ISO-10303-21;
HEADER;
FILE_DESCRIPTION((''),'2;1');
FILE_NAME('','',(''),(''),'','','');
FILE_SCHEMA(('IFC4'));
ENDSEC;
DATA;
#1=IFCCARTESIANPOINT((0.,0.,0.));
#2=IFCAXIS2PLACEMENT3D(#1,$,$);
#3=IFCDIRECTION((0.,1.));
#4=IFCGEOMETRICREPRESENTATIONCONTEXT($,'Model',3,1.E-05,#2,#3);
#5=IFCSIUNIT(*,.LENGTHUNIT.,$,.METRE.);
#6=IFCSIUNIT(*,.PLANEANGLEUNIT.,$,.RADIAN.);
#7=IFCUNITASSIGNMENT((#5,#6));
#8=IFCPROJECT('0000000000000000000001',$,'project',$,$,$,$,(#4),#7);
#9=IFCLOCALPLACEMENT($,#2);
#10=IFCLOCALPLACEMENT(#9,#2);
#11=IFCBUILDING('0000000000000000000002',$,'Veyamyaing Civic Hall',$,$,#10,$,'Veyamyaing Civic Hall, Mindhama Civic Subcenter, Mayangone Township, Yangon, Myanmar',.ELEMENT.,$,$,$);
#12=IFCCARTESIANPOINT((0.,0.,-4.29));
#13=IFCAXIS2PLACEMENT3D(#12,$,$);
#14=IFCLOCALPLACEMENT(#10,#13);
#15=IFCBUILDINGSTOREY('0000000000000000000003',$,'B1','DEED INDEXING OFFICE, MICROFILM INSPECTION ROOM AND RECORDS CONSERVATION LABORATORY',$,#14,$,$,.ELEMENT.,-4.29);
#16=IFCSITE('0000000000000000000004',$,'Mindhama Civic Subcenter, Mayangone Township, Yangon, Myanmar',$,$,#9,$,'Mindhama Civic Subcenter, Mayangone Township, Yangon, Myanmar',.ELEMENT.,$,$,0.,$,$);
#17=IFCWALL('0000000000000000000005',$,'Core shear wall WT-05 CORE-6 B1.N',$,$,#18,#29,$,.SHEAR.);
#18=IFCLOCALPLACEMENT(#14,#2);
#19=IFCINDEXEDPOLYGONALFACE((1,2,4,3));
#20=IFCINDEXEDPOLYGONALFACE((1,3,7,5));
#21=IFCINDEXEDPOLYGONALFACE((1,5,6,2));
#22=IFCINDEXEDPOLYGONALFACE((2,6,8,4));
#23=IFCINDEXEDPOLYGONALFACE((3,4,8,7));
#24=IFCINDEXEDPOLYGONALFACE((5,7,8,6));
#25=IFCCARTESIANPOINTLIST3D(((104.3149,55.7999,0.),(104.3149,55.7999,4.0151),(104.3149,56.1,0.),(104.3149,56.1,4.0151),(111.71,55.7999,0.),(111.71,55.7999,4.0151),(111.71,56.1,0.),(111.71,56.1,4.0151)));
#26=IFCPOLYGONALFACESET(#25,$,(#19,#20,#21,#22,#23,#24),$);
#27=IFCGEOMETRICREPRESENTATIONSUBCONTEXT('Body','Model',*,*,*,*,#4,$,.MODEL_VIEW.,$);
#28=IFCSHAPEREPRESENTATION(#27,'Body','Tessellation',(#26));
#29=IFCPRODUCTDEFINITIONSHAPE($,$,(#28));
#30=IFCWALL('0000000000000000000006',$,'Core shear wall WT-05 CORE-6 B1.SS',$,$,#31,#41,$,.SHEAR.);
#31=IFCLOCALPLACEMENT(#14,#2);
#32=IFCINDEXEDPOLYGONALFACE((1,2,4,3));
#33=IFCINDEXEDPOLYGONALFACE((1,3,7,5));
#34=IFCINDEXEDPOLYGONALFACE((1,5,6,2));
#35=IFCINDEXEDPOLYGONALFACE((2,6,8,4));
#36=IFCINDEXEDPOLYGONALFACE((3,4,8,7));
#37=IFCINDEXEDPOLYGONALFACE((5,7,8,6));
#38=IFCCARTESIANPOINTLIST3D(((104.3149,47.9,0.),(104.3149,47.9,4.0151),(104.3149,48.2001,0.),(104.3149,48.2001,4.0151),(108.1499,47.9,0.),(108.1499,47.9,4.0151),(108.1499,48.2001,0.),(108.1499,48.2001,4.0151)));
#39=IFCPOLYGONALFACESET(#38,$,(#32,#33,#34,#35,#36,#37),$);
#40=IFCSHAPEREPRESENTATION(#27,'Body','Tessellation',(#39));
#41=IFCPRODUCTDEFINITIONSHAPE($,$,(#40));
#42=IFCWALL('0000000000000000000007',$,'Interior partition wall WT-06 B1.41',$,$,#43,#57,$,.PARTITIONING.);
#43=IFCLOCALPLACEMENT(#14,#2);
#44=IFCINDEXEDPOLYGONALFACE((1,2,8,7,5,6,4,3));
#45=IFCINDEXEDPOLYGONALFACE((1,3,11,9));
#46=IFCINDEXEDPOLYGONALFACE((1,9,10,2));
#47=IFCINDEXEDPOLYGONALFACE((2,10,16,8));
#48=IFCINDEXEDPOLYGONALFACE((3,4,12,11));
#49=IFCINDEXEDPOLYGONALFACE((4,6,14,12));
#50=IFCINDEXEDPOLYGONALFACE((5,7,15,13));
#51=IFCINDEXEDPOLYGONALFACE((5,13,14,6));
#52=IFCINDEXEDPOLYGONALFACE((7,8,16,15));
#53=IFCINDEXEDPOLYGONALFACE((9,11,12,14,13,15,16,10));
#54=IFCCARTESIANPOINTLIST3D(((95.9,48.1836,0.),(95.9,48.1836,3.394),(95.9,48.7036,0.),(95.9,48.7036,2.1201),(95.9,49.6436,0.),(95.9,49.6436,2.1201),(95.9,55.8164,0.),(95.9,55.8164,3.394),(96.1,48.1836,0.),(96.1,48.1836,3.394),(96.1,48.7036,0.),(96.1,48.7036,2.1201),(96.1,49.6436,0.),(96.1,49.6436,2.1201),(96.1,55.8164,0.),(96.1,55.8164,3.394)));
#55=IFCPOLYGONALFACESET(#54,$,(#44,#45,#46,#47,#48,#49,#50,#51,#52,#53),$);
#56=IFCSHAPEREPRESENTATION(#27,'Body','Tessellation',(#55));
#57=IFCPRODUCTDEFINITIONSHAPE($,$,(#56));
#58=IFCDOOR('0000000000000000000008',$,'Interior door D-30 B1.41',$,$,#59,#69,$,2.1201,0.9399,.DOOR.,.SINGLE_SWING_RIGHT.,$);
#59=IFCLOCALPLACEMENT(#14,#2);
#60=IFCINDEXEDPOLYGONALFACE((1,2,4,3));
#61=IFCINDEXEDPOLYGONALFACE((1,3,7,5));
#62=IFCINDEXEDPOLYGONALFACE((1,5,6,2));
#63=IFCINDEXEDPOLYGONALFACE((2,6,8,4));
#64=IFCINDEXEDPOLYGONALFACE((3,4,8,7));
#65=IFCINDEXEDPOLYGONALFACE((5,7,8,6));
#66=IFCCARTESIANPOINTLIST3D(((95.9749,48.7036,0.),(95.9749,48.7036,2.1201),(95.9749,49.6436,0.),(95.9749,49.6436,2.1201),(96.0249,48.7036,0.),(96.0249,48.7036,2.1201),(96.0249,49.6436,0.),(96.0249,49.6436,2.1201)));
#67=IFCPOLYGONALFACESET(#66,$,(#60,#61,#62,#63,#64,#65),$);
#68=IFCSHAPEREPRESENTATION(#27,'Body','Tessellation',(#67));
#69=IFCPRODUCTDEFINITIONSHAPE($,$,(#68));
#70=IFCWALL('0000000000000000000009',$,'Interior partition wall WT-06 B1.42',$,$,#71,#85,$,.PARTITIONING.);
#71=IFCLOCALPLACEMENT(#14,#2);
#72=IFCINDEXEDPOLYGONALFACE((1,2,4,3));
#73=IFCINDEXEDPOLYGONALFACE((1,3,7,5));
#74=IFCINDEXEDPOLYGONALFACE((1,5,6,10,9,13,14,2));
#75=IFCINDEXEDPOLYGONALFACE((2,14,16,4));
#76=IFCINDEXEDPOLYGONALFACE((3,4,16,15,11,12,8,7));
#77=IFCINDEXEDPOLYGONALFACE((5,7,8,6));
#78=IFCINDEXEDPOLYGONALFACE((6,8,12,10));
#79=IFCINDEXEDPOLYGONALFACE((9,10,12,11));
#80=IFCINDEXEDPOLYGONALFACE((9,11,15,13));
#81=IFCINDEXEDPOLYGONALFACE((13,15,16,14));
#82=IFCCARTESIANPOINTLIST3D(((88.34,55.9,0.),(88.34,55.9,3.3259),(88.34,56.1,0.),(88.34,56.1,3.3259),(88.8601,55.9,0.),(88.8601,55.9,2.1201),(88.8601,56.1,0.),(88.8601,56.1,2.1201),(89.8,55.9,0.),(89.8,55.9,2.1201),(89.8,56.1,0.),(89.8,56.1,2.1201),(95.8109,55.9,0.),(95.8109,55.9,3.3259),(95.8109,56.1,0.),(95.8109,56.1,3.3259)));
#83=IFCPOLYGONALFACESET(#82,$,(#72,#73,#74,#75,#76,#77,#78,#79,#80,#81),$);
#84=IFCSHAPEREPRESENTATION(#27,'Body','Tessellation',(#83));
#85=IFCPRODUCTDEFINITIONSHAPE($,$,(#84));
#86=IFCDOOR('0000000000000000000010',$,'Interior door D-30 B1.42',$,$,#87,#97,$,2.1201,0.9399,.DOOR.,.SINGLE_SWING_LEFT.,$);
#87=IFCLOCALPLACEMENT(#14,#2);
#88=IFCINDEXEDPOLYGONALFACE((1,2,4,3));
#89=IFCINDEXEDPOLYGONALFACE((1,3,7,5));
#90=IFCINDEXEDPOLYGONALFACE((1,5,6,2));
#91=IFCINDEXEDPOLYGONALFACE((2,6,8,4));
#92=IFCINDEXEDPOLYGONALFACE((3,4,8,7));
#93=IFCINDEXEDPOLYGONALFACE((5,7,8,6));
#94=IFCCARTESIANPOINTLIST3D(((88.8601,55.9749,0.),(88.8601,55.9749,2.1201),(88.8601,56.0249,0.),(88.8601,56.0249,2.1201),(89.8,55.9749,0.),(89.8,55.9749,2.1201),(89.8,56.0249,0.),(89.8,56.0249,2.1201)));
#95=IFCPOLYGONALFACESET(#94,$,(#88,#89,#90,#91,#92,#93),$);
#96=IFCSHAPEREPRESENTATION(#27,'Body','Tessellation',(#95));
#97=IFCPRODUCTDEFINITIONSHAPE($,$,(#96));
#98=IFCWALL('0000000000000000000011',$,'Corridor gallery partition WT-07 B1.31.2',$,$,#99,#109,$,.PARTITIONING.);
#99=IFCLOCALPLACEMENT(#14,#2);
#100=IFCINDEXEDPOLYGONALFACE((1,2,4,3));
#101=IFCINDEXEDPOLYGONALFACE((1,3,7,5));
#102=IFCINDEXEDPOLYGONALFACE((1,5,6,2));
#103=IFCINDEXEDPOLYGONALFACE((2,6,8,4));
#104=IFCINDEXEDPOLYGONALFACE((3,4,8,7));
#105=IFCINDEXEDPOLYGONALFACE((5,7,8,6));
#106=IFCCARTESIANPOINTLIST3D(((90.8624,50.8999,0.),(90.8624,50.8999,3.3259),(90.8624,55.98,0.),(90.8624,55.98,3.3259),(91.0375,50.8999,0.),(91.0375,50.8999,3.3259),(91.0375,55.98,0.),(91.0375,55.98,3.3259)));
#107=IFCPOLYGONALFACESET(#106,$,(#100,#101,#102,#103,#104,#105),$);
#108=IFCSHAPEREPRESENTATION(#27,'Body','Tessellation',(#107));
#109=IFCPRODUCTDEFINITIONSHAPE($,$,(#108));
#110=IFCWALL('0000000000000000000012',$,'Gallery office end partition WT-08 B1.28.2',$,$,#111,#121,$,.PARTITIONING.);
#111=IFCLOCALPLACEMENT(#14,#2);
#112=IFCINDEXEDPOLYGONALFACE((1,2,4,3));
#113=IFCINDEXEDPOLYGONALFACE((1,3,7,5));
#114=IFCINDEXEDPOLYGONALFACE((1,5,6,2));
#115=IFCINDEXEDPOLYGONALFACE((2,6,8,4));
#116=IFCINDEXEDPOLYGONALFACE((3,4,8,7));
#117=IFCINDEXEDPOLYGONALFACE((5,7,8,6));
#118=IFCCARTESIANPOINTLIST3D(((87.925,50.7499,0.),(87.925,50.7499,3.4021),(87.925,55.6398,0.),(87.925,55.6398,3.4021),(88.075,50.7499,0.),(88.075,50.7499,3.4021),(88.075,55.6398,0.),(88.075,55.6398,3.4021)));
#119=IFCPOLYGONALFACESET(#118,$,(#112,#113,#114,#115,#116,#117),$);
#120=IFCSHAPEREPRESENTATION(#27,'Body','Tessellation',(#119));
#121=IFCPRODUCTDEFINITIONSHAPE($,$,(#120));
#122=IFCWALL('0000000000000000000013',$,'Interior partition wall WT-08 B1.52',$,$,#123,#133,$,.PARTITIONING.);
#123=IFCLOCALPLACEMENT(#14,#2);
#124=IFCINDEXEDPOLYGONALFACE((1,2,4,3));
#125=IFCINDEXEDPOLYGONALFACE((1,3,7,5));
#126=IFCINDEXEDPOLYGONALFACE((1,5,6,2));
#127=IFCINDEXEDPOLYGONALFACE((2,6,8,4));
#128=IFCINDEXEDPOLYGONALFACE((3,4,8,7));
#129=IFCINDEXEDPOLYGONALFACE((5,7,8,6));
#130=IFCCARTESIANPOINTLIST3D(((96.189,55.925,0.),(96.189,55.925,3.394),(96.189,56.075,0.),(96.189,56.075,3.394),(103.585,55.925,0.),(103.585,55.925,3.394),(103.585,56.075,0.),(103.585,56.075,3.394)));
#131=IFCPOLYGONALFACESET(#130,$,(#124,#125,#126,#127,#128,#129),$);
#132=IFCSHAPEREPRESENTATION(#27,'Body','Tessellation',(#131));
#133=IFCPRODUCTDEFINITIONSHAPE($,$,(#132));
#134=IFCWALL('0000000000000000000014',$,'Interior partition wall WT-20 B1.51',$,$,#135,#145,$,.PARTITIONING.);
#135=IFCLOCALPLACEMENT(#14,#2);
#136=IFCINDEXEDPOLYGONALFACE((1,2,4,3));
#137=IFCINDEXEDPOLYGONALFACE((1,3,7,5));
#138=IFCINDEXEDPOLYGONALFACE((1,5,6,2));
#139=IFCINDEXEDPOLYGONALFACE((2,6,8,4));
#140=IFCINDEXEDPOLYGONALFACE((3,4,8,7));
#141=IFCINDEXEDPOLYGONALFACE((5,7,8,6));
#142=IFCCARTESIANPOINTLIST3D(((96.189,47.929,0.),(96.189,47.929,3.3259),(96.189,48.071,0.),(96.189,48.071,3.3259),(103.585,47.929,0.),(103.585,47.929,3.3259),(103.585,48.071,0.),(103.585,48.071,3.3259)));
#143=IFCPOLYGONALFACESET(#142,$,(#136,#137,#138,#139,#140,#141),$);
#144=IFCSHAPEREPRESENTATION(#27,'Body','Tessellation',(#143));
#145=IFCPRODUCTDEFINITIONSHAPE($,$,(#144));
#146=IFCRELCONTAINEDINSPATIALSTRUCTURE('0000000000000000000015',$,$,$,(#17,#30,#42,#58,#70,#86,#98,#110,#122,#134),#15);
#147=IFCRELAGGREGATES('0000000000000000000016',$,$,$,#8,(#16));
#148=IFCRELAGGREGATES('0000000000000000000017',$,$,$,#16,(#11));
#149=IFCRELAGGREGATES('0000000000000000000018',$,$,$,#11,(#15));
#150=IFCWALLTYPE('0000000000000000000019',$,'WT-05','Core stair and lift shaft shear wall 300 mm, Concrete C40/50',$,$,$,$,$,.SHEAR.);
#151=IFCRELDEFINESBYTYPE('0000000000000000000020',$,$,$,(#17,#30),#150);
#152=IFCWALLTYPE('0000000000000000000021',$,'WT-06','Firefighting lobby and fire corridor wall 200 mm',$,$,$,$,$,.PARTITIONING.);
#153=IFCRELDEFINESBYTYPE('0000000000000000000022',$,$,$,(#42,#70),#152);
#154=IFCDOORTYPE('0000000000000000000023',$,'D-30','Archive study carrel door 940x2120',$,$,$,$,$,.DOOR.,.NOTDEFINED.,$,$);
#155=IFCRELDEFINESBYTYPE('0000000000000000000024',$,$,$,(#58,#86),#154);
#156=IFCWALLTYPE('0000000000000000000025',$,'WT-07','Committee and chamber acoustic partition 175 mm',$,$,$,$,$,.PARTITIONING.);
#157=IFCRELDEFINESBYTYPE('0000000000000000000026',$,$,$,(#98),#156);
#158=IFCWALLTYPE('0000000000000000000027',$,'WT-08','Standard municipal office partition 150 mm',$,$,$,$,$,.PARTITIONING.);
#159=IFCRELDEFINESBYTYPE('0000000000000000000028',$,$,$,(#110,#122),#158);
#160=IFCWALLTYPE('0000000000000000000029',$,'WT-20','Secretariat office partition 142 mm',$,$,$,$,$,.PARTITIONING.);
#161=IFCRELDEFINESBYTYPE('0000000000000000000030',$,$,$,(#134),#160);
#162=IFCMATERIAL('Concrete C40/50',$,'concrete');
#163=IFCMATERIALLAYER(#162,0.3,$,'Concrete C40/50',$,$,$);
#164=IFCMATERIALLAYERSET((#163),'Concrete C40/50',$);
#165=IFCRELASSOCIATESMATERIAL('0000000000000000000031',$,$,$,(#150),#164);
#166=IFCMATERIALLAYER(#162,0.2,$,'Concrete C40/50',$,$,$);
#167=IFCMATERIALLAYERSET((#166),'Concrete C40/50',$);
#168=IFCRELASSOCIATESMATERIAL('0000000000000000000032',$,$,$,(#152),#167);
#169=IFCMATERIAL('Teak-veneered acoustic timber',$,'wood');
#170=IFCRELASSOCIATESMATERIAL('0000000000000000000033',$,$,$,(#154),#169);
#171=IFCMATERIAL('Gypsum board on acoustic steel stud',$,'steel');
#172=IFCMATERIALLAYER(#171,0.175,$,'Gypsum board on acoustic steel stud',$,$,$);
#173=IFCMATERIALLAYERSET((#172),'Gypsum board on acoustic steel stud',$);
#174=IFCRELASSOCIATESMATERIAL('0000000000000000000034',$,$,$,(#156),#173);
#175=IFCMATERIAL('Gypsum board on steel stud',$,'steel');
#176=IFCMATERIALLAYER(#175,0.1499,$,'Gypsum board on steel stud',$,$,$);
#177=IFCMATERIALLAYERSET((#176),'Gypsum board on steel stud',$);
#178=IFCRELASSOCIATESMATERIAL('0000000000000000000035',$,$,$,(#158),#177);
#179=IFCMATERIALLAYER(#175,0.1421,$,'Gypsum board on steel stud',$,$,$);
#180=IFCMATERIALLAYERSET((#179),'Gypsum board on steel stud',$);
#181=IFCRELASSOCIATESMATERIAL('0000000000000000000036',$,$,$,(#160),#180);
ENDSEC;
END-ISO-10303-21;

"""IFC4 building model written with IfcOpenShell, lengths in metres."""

from ifc_helpers import new_model, si_unit, direction, frame, frame_2d, origin, place, context, subcontext, project, spatial, rectangle, extrude, material, layer, layer_set, type_object, element, fill, save


model = new_model("IFC4")

# Units and contexts
model_context = context("Model", 3, precision=1e-05, world=origin(), true_north=direction((0.0, 1.0)))
body_context = subcontext(model_context, "Body", "Model", "MODEL_VIEW")
ifc_project = project(units=[si_unit("LENGTHUNIT", "METRE"), si_unit("PLANEANGLEUNIT", "RADIAN")], contexts=[model_context])

# Site, building, storey
site_placement = place(None, origin())
site = spatial("IfcSite", under=ifc_project, at=site_placement, Name="Mindhama Civic Subcenter, Mayangone Township, Yangon, Myanmar", LongName="Mindhama Civic Subcenter, Mayangone Township, Yangon, Myanmar", CompositionType="ELEMENT", RefElevation=0.0)
building_placement = place(site_placement, origin())
building = spatial("IfcBuilding", under=site, at=building_placement, Name="Veyamyaing Civic Hall", LongName="Veyamyaing Civic Hall, Mindhama Civic Subcenter, Mayangone Township, Yangon, Myanmar", CompositionType="ELEMENT")
storey_placement = place(building_placement, frame((0.0, 0.0, -4.29)))
storey = spatial("IfcBuildingStorey", under=building, at=storey_placement, Name="B1", Description="DEED INDEXING OFFICE, MICROFILM INSPECTION ROOM AND RECORDS CONSERVATION LABORATORY", CompositionType="ELEMENT", Elevation=-4.29)

# Shared definitions
ifc_material_1 = material(Name="Concrete C40/50", Category="concrete")

# Walls
ifc_layer_1 = layer(ifc_material_1, 0.3, Name="Concrete C40/50")
ifc_layer_set_1 = layer_set([ifc_layer_1], Name="Concrete C40/50")
wall_type_1 = type_object("IfcWallType", Name="WT-05", Description="Core stair and lift shaft shear wall 300 mm, Concrete C40/50", PredefinedType="SHEAR", material=ifc_layer_set_1)
wall_1_placement = place(storey_placement, frame((104.3149, 55.95, 0.0), z_axis=(0.0, 0.0, 1.0), x_axis=(1.0, 0.0, 0.0)))
element("IfcWall", 1, at=wall_1_placement, inside=storey, type_object=wall_type_1, Name="Core shear wall WT-05 CORE-6 B1.N", PredefinedType="SHEAR", context=body_context, shape_type="SweptSolid", body=[
    extrude(rectangle(XDim=7.395, YDim=0.3, at=frame_2d((3.6975, 0.0))), origin(), (0.0, 0.0, 1.0), 4.0151),
])
wall_2_placement = place(storey_placement, frame((104.3149, 48.05, 0.0), z_axis=(0.0, 0.0, 1.0), x_axis=(1.0, 0.0, 0.0)))
element("IfcWall", 2, at=wall_2_placement, inside=storey, type_object=wall_type_1, Name="Core shear wall WT-05 CORE-6 B1.SS", PredefinedType="SHEAR", context=body_context, shape_type="SweptSolid", body=[
    extrude(rectangle(XDim=3.835, YDim=0.3, at=frame_2d((1.9175, 0.0))), origin(), (0.0, 0.0, 1.0), 4.0151),
])

# Walls, openings, doors
ifc_layer_2 = layer(ifc_material_1, 0.2, Name="Concrete C40/50")
ifc_layer_set_2 = layer_set([ifc_layer_2], Name="Concrete C40/50")
wall_type_2 = type_object("IfcWallType", Name="WT-06", Description="Firefighting lobby and fire corridor wall 200 mm", PredefinedType="PARTITIONING", material=ifc_layer_set_2)
wall_3_placement = place(storey_placement, frame((96.0, 48.1836, 0.0), z_axis=(0.0, 0.0, 1.0), x_axis=(0.0, 1.0, 0.0)))
wall_3 = element("IfcWall", 3, at=wall_3_placement, inside=storey, type_object=wall_type_2, Name="Interior partition wall WT-06 B1.41", PredefinedType="PARTITIONING", context=body_context, shape_type="SweptSolid", body=[
    extrude(rectangle(XDim=7.6328, YDim=0.2, at=frame_2d((3.8164, 0.0))), origin(), (0.0, 0.0, 1.0), 3.394),
])
opening_1_placement = place(wall_3_placement, frame((0.52, 0.0, 0.0)))
opening_1 = element("IfcOpeningElement", 4, at=opening_1_placement, cuts=wall_3, PredefinedType="OPENING", context=body_context, shape_type="SweptSolid", body=[
    extrude(rectangle(XDim=0.9399, YDim=2.1201, at=frame_2d((0.47, 1.0601))), frame((0.0, 0.1099, 0.0), z_axis=(0.0, -1.0, 0.0), x_axis=(1.0, 0.0, 0.0)), (0.0, 0.0, 1.0), 0.22),
])
ifc_material_2 = material(Name="Teak-veneered acoustic timber", Category="wood")
door_type_1 = type_object("IfcDoorType", Name="D-30", Description="Archive study carrel door 940x2120", OperationType="NOTDEFINED", PredefinedType="DOOR", material=ifc_material_2)
door_1_placement = place(opening_1_placement, frame((0.9399, 0.0, 0.0), z_axis=(0.0, 0.0, 1.0), x_axis=(-1.0, 0.0, 0.0)))
door_1 = element("IfcDoor", 5, at=door_1_placement, inside=storey, type_object=door_type_1, Name="Interior door D-30 B1.41", OperationType="SINGLE_SWING_RIGHT", OverallHeight=2.1201, OverallWidth=0.9399, PredefinedType="DOOR", context=body_context, shape_type="SweptSolid", body=[
    extrude(rectangle(XDim=0.9399, YDim=2.1201, at=frame_2d((0.47, 1.0601))), frame((0.0, 0.0249, 0.0), z_axis=(0.0, -1.0, 0.0), x_axis=(1.0, 0.0, 0.0)), (0.0, 0.0, 1.0), 0.05),
])
fill(opening_1, door_1)
wall_4_placement = place(storey_placement, frame((88.3401, 56.0, 0.0), z_axis=(0.0, 0.0, 1.0), x_axis=(1.0, 0.0, 0.0)))
wall_4 = element("IfcWall", 6, at=wall_4_placement, inside=storey, type_object=wall_type_2, Name="Interior partition wall WT-06 B1.42", PredefinedType="PARTITIONING", context=body_context, shape_type="SweptSolid", body=[
    extrude(rectangle(XDim=7.4709, YDim=0.2, at=frame_2d((3.7354, 0.0))), origin(), (0.0, 0.0, 1.0), 3.3259),
])
opening_2_placement = place(wall_4_placement, frame((0.52, 0.0, 0.0)))
opening_2 = element("IfcOpeningElement", 7, at=opening_2_placement, cuts=wall_4, PredefinedType="OPENING", context=body_context, shape_type="SweptSolid", body=[
    extrude(rectangle(XDim=0.9399, YDim=2.1201, at=frame_2d((0.47, 1.0601))), frame((0.0, 0.1099, 0.0), z_axis=(0.0, -1.0, 0.0), x_axis=(1.0, 0.0, 0.0)), (0.0, 0.0, 1.0), 0.22),
])
door_2_placement = place(opening_2_placement, origin())
door_2 = element("IfcDoor", 8, at=door_2_placement, inside=storey, type_object=door_type_1, Name="Interior door D-30 B1.42", OperationType="SINGLE_SWING_LEFT", OverallHeight=2.1201, OverallWidth=0.9399, PredefinedType="DOOR", context=body_context, shape_type="SweptSolid", body=[
    extrude(rectangle(XDim=0.9399, YDim=2.1201, at=frame_2d((0.47, 1.0601))), frame((0.0, 0.0249, 0.0), z_axis=(0.0, -1.0, 0.0), x_axis=(1.0, 0.0, 0.0)), (0.0, 0.0, 1.0), 0.05),
])
fill(opening_2, door_2)
ifc_material_3 = material(Name="Gypsum board on acoustic steel stud", Category="steel")
ifc_layer_3 = layer(ifc_material_3, 0.175, Name="Gypsum board on acoustic steel stud")
ifc_layer_set_3 = layer_set([ifc_layer_3], Name="Gypsum board on acoustic steel stud")
wall_type_3 = type_object("IfcWallType", Name="WT-07", Description="Committee and chamber acoustic partition 175 mm", PredefinedType="PARTITIONING", material=ifc_layer_set_3)

# Walls
wall_5_placement = place(storey_placement, frame((90.95, 50.8999, 0.0), z_axis=(0.0, 0.0, 1.0), x_axis=(0.0, 1.0, 0.0)))
element("IfcWall", 9, at=wall_5_placement, inside=storey, type_object=wall_type_3, Name="Corridor gallery partition WT-07 B1.31.2", PredefinedType="PARTITIONING", context=body_context, shape_type="SweptSolid", body=[
    extrude(rectangle(XDim=5.0801, YDim=0.175, at=frame_2d((2.54, 0.0))), origin(), (0.0, 0.0, 1.0), 3.3259),
])
ifc_material_4 = material(Name="Gypsum board on steel stud", Category="steel")
ifc_layer_4 = layer(ifc_material_4, 0.1499, Name="Gypsum board on steel stud")
ifc_layer_set_4 = layer_set([ifc_layer_4], Name="Gypsum board on steel stud")
wall_type_4 = type_object("IfcWallType", Name="WT-08", Description="Standard municipal office partition 150 mm", PredefinedType="PARTITIONING", material=ifc_layer_set_4)
wall_6_placement = place(storey_placement, frame((88.0, 50.75, 0.0), z_axis=(0.0, 0.0, 1.0), x_axis=(0.0, 1.0, 0.0)))
element("IfcWall", 10, at=wall_6_placement, inside=storey, type_object=wall_type_4, Name="Gallery office end partition WT-08 B1.28.2", PredefinedType="PARTITIONING", context=body_context, shape_type="SweptSolid", body=[
    extrude(rectangle(XDim=4.8899, YDim=0.1499, at=frame_2d((2.4448, 0.0))), origin(), (0.0, 0.0, 1.0), 3.4021),
])
wall_7_placement = place(storey_placement, frame((96.189, 56.0, 0.0), z_axis=(0.0, 0.0, 1.0), x_axis=(1.0, 0.0, 0.0)))
element("IfcWall", 11, at=wall_7_placement, inside=storey, type_object=wall_type_4, Name="Interior partition wall WT-08 B1.52", PredefinedType="PARTITIONING", context=body_context, shape_type="SweptSolid", body=[
    extrude(rectangle(XDim=7.396, YDim=0.1499, at=frame_2d((3.698, 0.0))), origin(), (0.0, 0.0, 1.0), 3.394),
])
ifc_layer_5 = layer(ifc_material_4, 0.1421, Name="Gypsum board on steel stud")
ifc_layer_set_5 = layer_set([ifc_layer_5], Name="Gypsum board on steel stud")
wall_type_5 = type_object("IfcWallType", Name="WT-20", Description="Secretariat office partition 142 mm", PredefinedType="PARTITIONING", material=ifc_layer_set_5)
wall_8_placement = place(storey_placement, frame((96.189, 48.0, 0.0), z_axis=(0.0, 0.0, 1.0), x_axis=(1.0, 0.0, 0.0)))
element("IfcWall", 12, at=wall_8_placement, inside=storey, type_object=wall_type_5, Name="Interior partition wall WT-20 B1.51", PredefinedType="PARTITIONING", context=body_context, shape_type="SweptSolid", body=[
    extrude(rectangle(XDim=7.396, YDim=0.1421, at=frame_2d((3.698, 0.0))), origin(), (0.0, 0.0, 1.0), 3.3259),
])

save(model, "model.ifc")
